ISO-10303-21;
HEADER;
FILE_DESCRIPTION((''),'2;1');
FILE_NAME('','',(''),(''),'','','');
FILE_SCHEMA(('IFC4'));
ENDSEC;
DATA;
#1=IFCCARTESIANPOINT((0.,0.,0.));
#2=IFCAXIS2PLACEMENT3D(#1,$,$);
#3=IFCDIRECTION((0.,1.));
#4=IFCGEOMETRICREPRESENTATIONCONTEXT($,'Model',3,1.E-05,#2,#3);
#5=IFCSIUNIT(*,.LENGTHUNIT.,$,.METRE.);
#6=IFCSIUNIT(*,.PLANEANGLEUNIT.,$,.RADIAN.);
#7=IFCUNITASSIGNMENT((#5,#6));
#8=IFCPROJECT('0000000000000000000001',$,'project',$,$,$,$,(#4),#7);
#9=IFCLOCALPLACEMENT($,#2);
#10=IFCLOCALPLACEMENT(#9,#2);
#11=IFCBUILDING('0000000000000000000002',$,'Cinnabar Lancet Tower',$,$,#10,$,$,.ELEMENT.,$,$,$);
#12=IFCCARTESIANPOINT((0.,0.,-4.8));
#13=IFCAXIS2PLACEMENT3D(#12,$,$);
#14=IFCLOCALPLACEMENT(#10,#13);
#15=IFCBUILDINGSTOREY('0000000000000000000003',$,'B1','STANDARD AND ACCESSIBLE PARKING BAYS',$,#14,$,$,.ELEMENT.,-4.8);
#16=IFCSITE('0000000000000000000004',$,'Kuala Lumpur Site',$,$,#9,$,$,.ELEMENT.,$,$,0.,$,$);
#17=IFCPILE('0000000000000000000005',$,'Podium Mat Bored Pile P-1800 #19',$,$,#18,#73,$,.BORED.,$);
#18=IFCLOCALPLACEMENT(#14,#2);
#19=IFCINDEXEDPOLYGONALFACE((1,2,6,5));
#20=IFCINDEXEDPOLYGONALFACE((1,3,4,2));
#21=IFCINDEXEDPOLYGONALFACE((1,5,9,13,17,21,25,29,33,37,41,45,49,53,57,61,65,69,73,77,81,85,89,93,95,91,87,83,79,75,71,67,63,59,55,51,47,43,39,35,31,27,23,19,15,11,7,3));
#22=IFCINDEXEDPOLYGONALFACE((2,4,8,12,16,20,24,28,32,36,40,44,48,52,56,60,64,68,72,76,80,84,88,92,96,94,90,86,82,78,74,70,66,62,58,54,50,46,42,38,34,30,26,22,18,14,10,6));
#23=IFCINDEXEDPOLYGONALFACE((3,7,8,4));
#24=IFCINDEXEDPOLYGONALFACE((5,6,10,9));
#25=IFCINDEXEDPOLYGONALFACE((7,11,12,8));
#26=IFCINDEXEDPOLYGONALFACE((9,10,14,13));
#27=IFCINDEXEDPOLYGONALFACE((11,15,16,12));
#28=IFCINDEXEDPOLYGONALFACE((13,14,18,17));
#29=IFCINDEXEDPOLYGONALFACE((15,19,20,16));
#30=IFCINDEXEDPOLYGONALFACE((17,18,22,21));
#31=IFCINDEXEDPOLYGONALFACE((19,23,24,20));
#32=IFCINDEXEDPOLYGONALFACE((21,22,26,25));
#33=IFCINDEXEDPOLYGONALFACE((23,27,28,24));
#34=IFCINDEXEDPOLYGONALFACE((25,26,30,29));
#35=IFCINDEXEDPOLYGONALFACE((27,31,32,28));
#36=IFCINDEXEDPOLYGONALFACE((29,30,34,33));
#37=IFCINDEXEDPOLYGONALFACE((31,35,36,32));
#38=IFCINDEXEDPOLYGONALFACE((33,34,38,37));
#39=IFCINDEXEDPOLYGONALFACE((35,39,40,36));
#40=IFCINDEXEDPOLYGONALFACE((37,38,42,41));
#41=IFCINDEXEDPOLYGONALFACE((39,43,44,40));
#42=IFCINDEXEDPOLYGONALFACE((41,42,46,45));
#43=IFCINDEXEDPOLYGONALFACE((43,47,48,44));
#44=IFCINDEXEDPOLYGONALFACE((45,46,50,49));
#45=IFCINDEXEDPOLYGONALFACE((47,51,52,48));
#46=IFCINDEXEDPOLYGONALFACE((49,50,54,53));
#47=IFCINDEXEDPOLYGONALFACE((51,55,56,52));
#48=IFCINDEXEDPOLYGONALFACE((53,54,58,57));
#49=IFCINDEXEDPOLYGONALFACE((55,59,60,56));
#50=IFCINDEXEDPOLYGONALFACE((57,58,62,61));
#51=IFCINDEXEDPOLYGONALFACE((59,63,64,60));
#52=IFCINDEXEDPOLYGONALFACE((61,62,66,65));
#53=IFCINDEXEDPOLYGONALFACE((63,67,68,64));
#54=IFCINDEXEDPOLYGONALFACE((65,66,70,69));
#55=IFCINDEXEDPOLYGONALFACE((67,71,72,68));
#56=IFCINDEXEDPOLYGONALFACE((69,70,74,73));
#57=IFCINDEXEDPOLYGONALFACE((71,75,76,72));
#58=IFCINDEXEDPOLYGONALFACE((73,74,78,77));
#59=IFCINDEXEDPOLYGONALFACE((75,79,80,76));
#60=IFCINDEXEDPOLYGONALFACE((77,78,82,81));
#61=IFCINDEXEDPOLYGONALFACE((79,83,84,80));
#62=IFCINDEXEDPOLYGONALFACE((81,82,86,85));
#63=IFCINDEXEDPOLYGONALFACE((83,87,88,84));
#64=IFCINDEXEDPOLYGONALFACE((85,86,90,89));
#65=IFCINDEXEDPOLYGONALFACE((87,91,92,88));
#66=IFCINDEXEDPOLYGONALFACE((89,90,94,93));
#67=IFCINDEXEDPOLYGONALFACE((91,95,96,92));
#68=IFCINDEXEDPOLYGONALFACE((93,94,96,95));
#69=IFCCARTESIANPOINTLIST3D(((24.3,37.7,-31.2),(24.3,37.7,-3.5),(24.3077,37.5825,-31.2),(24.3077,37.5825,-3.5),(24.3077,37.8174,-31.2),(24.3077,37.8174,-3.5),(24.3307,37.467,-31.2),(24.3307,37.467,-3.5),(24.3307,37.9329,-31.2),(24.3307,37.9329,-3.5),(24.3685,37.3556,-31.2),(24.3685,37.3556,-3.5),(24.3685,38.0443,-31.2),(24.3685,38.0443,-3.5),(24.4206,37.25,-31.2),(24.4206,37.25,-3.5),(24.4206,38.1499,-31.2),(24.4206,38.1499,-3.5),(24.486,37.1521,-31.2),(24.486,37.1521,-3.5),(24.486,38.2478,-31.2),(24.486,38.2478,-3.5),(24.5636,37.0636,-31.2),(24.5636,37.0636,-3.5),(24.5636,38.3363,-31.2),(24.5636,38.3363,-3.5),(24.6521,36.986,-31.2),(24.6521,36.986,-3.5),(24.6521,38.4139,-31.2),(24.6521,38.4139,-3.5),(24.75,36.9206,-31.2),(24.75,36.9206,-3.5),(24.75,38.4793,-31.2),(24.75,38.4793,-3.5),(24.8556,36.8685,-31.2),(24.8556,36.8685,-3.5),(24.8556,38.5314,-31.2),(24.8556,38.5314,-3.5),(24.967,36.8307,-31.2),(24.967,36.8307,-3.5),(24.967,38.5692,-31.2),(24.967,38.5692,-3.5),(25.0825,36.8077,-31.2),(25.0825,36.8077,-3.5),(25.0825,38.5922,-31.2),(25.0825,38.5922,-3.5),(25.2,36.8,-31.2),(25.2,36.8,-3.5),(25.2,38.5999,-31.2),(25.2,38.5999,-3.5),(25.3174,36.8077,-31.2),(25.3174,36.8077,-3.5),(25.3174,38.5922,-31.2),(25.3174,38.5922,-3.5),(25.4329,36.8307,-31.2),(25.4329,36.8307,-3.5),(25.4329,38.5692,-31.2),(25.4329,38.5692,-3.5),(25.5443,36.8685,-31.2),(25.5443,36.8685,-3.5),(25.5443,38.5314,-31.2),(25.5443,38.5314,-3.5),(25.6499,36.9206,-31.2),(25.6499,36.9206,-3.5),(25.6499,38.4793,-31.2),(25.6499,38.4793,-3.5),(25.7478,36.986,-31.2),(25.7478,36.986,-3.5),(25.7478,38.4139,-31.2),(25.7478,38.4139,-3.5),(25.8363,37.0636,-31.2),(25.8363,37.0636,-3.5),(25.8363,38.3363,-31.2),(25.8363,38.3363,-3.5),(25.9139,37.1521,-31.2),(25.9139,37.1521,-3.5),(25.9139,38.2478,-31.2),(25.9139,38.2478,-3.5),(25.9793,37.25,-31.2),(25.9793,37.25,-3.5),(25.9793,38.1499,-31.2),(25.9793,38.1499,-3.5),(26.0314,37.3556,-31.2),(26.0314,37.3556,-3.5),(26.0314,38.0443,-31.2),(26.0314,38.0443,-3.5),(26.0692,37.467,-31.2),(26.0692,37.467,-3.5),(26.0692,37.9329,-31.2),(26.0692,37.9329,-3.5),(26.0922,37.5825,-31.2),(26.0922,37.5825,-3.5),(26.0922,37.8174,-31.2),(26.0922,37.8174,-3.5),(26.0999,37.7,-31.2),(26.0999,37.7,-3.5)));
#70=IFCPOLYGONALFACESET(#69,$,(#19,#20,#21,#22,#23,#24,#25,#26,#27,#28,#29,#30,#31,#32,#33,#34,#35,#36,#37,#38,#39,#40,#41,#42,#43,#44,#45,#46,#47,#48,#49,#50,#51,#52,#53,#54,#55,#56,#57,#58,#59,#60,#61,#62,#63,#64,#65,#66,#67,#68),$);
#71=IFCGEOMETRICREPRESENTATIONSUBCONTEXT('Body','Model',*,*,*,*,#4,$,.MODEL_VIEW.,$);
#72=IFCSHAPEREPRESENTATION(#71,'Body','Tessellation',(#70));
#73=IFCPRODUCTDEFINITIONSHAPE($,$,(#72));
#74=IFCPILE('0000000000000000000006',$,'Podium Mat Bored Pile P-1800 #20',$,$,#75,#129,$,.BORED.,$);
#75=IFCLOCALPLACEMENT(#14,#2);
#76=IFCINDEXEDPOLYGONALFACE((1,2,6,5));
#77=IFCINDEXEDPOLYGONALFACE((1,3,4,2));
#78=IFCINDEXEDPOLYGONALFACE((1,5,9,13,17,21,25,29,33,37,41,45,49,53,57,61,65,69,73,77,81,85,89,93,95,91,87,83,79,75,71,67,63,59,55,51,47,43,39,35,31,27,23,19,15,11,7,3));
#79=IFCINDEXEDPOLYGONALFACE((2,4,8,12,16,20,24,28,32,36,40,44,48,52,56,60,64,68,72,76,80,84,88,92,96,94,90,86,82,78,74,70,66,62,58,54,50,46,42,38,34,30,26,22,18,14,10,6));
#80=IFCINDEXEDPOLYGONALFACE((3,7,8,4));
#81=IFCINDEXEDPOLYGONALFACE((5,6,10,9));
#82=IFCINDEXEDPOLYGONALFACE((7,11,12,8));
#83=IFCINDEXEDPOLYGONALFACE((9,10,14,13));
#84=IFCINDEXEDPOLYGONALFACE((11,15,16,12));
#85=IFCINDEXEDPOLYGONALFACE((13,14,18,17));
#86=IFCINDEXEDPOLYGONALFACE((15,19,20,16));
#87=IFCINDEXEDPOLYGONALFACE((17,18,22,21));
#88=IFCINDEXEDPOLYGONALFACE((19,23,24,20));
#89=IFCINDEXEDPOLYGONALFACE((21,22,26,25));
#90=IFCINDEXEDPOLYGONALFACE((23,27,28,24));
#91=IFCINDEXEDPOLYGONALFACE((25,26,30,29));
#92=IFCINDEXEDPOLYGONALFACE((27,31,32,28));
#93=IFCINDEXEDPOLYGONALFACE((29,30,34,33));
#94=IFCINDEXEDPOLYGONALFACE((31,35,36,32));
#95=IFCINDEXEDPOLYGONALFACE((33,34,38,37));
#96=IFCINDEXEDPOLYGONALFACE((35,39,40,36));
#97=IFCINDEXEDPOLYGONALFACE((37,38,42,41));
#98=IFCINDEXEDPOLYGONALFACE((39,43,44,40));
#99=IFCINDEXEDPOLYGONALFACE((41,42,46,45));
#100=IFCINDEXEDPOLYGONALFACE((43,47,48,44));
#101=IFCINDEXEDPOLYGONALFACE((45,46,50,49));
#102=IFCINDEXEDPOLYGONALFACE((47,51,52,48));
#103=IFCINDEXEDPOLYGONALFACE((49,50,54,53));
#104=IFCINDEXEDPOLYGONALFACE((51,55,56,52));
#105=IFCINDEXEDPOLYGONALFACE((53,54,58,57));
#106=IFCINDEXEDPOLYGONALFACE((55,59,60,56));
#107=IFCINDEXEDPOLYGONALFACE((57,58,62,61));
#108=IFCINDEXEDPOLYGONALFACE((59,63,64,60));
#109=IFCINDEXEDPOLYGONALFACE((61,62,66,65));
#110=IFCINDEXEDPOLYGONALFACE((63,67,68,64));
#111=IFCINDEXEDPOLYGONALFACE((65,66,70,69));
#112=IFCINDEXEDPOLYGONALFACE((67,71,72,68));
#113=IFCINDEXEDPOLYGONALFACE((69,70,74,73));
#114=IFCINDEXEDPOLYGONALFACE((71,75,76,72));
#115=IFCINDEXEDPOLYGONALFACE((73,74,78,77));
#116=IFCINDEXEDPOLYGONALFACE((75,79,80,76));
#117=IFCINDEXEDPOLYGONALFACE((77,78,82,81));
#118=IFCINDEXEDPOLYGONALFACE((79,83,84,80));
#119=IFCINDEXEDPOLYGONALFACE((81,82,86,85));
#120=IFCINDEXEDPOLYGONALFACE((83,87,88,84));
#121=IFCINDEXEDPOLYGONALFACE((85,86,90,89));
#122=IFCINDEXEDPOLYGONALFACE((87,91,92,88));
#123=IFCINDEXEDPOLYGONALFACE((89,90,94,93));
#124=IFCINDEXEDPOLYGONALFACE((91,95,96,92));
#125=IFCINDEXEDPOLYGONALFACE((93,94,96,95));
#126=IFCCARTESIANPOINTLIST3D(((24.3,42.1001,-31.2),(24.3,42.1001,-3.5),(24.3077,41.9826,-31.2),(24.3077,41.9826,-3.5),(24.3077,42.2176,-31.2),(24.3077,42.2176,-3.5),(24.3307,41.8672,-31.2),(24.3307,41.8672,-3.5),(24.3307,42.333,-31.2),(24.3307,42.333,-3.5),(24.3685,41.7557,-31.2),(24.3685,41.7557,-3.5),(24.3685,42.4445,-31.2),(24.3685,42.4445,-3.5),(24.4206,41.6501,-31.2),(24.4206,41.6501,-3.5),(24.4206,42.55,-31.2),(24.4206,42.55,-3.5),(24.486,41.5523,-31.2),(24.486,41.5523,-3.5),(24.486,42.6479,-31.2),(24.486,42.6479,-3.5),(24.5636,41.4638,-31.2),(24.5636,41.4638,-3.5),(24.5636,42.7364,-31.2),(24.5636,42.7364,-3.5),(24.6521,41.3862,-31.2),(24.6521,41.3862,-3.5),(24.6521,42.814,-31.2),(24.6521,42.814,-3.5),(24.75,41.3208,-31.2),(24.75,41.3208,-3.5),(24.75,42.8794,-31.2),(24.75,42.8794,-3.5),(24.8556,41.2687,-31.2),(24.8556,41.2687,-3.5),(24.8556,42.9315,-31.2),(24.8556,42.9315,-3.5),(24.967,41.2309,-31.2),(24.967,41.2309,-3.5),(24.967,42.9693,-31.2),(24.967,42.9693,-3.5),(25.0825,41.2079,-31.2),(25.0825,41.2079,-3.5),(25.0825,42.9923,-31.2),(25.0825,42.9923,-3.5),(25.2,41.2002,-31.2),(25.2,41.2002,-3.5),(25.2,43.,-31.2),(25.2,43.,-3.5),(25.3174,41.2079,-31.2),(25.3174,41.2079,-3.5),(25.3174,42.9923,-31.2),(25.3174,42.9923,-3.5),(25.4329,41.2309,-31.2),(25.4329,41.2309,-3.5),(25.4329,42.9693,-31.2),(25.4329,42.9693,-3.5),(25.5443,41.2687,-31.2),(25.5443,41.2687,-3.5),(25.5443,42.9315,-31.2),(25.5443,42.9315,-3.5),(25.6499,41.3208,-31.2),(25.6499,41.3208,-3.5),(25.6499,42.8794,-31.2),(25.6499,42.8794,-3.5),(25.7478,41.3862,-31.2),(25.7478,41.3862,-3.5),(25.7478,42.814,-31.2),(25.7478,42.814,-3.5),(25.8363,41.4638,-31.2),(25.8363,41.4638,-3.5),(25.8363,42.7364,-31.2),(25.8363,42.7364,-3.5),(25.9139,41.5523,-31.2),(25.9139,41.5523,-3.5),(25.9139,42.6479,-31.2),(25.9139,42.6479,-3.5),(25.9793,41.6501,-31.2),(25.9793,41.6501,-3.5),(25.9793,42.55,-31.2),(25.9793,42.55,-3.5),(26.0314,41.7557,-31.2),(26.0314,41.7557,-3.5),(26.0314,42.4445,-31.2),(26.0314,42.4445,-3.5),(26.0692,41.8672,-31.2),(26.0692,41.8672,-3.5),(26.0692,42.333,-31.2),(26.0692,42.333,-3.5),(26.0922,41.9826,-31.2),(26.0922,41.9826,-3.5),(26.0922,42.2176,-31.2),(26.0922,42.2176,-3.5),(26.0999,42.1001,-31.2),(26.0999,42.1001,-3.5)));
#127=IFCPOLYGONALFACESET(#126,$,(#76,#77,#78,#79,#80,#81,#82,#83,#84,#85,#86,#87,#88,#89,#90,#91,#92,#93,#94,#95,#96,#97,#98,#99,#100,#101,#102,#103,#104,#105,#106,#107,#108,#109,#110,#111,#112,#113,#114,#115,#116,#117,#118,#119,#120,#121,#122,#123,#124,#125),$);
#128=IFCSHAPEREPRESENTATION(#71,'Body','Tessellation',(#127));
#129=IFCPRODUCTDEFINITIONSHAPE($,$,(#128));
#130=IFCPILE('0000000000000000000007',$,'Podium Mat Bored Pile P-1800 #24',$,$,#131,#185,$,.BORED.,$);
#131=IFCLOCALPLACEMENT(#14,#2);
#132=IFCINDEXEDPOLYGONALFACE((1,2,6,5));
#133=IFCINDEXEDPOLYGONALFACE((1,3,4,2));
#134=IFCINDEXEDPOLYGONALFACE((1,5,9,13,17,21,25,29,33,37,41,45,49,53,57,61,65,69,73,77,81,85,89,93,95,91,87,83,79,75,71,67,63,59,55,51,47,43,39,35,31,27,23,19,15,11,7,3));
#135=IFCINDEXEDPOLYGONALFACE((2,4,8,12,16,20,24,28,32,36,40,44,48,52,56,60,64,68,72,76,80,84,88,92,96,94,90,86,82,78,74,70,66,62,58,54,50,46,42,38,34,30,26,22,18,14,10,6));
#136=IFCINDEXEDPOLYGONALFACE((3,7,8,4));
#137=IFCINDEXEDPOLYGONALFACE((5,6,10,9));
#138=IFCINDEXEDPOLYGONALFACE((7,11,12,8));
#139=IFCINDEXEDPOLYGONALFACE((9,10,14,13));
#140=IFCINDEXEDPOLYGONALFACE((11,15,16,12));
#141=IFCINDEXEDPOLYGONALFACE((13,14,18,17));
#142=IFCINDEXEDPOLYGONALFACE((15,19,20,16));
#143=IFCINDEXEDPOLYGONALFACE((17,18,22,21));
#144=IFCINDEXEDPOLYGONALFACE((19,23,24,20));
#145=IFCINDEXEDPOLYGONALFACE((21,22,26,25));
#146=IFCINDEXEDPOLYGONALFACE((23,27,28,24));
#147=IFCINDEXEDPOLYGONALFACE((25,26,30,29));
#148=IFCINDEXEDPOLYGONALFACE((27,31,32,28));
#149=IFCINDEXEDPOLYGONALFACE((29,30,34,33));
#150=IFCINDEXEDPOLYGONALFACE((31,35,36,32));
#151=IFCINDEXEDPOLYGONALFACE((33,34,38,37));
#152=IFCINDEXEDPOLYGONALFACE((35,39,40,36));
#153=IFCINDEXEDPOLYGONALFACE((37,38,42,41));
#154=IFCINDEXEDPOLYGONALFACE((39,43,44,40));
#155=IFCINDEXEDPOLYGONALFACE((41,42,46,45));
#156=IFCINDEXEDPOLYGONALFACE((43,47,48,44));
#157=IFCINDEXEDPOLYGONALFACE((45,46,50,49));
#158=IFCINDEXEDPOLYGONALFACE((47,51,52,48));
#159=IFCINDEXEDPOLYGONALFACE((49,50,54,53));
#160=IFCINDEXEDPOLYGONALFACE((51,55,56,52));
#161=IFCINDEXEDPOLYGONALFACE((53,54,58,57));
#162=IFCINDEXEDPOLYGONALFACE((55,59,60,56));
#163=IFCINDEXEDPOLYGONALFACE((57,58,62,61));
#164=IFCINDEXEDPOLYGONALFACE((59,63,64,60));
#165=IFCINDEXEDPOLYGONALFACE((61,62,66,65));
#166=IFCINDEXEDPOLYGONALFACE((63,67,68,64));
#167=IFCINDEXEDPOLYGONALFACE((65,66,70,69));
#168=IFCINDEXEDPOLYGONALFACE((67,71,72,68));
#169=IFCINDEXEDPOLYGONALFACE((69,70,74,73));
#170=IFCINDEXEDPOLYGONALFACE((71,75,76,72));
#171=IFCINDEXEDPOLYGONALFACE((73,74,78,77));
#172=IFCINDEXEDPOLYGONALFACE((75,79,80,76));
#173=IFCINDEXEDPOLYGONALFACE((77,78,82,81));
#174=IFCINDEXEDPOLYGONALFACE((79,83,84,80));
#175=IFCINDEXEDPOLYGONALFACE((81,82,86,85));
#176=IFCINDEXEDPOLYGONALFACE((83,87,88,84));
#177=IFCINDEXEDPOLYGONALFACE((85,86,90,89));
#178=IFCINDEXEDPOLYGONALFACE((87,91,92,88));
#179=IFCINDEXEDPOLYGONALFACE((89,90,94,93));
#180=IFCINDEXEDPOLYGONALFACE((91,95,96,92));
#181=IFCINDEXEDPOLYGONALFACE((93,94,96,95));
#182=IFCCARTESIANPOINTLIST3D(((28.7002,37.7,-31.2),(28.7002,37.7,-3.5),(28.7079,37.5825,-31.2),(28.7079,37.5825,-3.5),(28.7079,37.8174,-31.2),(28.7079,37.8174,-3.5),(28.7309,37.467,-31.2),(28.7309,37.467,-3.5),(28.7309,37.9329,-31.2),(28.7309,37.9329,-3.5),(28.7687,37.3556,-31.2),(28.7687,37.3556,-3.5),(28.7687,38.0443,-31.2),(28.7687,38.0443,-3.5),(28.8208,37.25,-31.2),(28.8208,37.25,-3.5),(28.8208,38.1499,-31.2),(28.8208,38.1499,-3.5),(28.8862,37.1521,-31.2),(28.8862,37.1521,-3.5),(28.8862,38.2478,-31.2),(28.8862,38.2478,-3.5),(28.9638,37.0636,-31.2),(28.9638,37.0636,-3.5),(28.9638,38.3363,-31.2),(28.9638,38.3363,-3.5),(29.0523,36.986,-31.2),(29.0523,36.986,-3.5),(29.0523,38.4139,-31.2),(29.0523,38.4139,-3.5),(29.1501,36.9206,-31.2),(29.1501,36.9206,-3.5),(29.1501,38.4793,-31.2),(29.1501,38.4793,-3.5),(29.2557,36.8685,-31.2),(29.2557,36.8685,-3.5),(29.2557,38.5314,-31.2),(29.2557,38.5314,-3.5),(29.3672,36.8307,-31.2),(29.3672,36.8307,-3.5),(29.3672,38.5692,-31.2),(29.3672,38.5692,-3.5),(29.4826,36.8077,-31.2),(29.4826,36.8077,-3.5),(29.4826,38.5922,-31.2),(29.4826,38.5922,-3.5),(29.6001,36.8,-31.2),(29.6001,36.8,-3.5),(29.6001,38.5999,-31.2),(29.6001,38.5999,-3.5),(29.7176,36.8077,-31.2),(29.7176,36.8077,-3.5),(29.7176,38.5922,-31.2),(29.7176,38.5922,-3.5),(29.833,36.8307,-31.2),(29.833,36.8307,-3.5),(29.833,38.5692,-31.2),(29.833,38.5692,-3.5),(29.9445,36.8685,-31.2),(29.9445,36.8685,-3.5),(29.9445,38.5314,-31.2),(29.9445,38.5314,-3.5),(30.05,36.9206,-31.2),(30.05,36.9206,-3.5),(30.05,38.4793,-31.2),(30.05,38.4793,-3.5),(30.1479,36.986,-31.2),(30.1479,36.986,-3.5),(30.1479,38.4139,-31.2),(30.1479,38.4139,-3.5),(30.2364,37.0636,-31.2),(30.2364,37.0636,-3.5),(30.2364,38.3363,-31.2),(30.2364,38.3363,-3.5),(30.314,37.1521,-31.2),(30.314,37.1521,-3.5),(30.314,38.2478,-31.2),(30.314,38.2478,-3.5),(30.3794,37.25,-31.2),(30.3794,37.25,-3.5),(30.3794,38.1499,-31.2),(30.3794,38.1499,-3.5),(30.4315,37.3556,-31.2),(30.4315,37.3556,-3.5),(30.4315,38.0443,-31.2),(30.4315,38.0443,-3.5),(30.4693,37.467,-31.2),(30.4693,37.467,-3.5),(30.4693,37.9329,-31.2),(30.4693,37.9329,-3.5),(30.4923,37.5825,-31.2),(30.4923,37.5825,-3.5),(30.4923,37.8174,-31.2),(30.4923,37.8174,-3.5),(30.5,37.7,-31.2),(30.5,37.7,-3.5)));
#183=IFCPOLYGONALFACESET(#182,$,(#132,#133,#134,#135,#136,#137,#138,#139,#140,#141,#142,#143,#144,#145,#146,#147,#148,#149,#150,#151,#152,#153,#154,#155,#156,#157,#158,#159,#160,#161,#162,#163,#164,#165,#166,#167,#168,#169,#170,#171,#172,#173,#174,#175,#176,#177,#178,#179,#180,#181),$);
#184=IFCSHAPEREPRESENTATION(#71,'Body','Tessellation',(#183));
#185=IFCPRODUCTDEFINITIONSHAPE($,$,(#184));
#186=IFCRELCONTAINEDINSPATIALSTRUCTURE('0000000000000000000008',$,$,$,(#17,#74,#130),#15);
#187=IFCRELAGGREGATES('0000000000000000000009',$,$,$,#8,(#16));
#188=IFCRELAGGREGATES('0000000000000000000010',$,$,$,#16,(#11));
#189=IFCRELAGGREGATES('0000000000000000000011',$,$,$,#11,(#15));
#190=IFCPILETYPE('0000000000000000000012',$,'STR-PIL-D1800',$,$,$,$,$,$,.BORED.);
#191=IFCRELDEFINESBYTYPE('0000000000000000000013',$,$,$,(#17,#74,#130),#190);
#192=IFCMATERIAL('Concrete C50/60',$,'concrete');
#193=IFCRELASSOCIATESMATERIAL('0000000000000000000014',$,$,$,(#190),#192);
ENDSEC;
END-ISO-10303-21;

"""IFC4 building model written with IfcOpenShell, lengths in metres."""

from ifc_helpers import new_model, si_unit, direction, frame, origin, origin_2d, place, context, subcontext, project, spatial, circle, extrude, material, material_profile, profile_set, type_object, element, save


model = new_model("IFC4")

# Units and contexts
model_context = context("Model", 3, precision=1e-05, world=origin(), true_north=direction((0.0, 1.0)))
body_context = subcontext(model_context, "Body", "Model", "MODEL_VIEW")
ifc_project = project(units=[si_unit("LENGTHUNIT", "METRE"), si_unit("PLANEANGLEUNIT", "RADIAN")], contexts=[model_context])

# Site, building, storey
site_placement = place(None, origin())
site = spatial("IfcSite", under=ifc_project, at=site_placement, Name="Kuala Lumpur Site", CompositionType="ELEMENT", RefElevation=0.0)
building_placement = place(site_placement, origin())
building = spatial("IfcBuilding", under=site, at=building_placement, Name="Cinnabar Lancet Tower", CompositionType="ELEMENT")
storey_placement = place(building_placement, frame((0.0, 0.0, -4.8)))
storey = spatial("IfcBuildingStorey", under=building, at=storey_placement, Name="B1", Description="STANDARD AND ACCESSIBLE PARKING BAYS", CompositionType="ELEMENT", Elevation=-4.8)

# Piles
ifc_material_1 = material(Name="Concrete C50/60", Category="concrete")
ifc_material_profile_1 = material_profile(ifc_material_1, circle(Radius=0.8999, at=origin_2d()), Name="PILE D1800")
ifc_profile_set_1 = profile_set([ifc_material_profile_1], Name="Concrete C50/60")
pile_type_1 = type_object("IfcPileType", Name="STR-PIL-D1800", PredefinedType="BORED", material=ifc_profile_set_1)
for number, where, z_axis, x_axis, name in (
    (1, (25.2, 37.7, -3.5), (0.0, 0.0, -1.0), (1.0, 0.0, 0.0), "Podium Mat Bored Pile P-1800 #19"),
    (2, (25.2, 42.1001, -3.5), (0.0, 0.0, -1.0), (1.0, 0.0, 0.0), "Podium Mat Bored Pile P-1800 #20"),
    (3, (29.6001, 37.7, -3.5), (0.0, 0.0, -1.0), (1.0, 0.0, 0.0), "Podium Mat Bored Pile P-1800 #24"),
):
    element("IfcPile", number, at=place(storey_placement, frame(where, z_axis=z_axis, x_axis=x_axis)), inside=storey, type_object=pile_type_1, Name=name, PredefinedType="BORED", context=body_context, shape_type="SweptSolid", body=[
        extrude(circle(Radius=0.8999, at=origin_2d()), origin(), (0.0, 0.0, 1.0), 27.7),
    ])

save(model, "model.ifc")
